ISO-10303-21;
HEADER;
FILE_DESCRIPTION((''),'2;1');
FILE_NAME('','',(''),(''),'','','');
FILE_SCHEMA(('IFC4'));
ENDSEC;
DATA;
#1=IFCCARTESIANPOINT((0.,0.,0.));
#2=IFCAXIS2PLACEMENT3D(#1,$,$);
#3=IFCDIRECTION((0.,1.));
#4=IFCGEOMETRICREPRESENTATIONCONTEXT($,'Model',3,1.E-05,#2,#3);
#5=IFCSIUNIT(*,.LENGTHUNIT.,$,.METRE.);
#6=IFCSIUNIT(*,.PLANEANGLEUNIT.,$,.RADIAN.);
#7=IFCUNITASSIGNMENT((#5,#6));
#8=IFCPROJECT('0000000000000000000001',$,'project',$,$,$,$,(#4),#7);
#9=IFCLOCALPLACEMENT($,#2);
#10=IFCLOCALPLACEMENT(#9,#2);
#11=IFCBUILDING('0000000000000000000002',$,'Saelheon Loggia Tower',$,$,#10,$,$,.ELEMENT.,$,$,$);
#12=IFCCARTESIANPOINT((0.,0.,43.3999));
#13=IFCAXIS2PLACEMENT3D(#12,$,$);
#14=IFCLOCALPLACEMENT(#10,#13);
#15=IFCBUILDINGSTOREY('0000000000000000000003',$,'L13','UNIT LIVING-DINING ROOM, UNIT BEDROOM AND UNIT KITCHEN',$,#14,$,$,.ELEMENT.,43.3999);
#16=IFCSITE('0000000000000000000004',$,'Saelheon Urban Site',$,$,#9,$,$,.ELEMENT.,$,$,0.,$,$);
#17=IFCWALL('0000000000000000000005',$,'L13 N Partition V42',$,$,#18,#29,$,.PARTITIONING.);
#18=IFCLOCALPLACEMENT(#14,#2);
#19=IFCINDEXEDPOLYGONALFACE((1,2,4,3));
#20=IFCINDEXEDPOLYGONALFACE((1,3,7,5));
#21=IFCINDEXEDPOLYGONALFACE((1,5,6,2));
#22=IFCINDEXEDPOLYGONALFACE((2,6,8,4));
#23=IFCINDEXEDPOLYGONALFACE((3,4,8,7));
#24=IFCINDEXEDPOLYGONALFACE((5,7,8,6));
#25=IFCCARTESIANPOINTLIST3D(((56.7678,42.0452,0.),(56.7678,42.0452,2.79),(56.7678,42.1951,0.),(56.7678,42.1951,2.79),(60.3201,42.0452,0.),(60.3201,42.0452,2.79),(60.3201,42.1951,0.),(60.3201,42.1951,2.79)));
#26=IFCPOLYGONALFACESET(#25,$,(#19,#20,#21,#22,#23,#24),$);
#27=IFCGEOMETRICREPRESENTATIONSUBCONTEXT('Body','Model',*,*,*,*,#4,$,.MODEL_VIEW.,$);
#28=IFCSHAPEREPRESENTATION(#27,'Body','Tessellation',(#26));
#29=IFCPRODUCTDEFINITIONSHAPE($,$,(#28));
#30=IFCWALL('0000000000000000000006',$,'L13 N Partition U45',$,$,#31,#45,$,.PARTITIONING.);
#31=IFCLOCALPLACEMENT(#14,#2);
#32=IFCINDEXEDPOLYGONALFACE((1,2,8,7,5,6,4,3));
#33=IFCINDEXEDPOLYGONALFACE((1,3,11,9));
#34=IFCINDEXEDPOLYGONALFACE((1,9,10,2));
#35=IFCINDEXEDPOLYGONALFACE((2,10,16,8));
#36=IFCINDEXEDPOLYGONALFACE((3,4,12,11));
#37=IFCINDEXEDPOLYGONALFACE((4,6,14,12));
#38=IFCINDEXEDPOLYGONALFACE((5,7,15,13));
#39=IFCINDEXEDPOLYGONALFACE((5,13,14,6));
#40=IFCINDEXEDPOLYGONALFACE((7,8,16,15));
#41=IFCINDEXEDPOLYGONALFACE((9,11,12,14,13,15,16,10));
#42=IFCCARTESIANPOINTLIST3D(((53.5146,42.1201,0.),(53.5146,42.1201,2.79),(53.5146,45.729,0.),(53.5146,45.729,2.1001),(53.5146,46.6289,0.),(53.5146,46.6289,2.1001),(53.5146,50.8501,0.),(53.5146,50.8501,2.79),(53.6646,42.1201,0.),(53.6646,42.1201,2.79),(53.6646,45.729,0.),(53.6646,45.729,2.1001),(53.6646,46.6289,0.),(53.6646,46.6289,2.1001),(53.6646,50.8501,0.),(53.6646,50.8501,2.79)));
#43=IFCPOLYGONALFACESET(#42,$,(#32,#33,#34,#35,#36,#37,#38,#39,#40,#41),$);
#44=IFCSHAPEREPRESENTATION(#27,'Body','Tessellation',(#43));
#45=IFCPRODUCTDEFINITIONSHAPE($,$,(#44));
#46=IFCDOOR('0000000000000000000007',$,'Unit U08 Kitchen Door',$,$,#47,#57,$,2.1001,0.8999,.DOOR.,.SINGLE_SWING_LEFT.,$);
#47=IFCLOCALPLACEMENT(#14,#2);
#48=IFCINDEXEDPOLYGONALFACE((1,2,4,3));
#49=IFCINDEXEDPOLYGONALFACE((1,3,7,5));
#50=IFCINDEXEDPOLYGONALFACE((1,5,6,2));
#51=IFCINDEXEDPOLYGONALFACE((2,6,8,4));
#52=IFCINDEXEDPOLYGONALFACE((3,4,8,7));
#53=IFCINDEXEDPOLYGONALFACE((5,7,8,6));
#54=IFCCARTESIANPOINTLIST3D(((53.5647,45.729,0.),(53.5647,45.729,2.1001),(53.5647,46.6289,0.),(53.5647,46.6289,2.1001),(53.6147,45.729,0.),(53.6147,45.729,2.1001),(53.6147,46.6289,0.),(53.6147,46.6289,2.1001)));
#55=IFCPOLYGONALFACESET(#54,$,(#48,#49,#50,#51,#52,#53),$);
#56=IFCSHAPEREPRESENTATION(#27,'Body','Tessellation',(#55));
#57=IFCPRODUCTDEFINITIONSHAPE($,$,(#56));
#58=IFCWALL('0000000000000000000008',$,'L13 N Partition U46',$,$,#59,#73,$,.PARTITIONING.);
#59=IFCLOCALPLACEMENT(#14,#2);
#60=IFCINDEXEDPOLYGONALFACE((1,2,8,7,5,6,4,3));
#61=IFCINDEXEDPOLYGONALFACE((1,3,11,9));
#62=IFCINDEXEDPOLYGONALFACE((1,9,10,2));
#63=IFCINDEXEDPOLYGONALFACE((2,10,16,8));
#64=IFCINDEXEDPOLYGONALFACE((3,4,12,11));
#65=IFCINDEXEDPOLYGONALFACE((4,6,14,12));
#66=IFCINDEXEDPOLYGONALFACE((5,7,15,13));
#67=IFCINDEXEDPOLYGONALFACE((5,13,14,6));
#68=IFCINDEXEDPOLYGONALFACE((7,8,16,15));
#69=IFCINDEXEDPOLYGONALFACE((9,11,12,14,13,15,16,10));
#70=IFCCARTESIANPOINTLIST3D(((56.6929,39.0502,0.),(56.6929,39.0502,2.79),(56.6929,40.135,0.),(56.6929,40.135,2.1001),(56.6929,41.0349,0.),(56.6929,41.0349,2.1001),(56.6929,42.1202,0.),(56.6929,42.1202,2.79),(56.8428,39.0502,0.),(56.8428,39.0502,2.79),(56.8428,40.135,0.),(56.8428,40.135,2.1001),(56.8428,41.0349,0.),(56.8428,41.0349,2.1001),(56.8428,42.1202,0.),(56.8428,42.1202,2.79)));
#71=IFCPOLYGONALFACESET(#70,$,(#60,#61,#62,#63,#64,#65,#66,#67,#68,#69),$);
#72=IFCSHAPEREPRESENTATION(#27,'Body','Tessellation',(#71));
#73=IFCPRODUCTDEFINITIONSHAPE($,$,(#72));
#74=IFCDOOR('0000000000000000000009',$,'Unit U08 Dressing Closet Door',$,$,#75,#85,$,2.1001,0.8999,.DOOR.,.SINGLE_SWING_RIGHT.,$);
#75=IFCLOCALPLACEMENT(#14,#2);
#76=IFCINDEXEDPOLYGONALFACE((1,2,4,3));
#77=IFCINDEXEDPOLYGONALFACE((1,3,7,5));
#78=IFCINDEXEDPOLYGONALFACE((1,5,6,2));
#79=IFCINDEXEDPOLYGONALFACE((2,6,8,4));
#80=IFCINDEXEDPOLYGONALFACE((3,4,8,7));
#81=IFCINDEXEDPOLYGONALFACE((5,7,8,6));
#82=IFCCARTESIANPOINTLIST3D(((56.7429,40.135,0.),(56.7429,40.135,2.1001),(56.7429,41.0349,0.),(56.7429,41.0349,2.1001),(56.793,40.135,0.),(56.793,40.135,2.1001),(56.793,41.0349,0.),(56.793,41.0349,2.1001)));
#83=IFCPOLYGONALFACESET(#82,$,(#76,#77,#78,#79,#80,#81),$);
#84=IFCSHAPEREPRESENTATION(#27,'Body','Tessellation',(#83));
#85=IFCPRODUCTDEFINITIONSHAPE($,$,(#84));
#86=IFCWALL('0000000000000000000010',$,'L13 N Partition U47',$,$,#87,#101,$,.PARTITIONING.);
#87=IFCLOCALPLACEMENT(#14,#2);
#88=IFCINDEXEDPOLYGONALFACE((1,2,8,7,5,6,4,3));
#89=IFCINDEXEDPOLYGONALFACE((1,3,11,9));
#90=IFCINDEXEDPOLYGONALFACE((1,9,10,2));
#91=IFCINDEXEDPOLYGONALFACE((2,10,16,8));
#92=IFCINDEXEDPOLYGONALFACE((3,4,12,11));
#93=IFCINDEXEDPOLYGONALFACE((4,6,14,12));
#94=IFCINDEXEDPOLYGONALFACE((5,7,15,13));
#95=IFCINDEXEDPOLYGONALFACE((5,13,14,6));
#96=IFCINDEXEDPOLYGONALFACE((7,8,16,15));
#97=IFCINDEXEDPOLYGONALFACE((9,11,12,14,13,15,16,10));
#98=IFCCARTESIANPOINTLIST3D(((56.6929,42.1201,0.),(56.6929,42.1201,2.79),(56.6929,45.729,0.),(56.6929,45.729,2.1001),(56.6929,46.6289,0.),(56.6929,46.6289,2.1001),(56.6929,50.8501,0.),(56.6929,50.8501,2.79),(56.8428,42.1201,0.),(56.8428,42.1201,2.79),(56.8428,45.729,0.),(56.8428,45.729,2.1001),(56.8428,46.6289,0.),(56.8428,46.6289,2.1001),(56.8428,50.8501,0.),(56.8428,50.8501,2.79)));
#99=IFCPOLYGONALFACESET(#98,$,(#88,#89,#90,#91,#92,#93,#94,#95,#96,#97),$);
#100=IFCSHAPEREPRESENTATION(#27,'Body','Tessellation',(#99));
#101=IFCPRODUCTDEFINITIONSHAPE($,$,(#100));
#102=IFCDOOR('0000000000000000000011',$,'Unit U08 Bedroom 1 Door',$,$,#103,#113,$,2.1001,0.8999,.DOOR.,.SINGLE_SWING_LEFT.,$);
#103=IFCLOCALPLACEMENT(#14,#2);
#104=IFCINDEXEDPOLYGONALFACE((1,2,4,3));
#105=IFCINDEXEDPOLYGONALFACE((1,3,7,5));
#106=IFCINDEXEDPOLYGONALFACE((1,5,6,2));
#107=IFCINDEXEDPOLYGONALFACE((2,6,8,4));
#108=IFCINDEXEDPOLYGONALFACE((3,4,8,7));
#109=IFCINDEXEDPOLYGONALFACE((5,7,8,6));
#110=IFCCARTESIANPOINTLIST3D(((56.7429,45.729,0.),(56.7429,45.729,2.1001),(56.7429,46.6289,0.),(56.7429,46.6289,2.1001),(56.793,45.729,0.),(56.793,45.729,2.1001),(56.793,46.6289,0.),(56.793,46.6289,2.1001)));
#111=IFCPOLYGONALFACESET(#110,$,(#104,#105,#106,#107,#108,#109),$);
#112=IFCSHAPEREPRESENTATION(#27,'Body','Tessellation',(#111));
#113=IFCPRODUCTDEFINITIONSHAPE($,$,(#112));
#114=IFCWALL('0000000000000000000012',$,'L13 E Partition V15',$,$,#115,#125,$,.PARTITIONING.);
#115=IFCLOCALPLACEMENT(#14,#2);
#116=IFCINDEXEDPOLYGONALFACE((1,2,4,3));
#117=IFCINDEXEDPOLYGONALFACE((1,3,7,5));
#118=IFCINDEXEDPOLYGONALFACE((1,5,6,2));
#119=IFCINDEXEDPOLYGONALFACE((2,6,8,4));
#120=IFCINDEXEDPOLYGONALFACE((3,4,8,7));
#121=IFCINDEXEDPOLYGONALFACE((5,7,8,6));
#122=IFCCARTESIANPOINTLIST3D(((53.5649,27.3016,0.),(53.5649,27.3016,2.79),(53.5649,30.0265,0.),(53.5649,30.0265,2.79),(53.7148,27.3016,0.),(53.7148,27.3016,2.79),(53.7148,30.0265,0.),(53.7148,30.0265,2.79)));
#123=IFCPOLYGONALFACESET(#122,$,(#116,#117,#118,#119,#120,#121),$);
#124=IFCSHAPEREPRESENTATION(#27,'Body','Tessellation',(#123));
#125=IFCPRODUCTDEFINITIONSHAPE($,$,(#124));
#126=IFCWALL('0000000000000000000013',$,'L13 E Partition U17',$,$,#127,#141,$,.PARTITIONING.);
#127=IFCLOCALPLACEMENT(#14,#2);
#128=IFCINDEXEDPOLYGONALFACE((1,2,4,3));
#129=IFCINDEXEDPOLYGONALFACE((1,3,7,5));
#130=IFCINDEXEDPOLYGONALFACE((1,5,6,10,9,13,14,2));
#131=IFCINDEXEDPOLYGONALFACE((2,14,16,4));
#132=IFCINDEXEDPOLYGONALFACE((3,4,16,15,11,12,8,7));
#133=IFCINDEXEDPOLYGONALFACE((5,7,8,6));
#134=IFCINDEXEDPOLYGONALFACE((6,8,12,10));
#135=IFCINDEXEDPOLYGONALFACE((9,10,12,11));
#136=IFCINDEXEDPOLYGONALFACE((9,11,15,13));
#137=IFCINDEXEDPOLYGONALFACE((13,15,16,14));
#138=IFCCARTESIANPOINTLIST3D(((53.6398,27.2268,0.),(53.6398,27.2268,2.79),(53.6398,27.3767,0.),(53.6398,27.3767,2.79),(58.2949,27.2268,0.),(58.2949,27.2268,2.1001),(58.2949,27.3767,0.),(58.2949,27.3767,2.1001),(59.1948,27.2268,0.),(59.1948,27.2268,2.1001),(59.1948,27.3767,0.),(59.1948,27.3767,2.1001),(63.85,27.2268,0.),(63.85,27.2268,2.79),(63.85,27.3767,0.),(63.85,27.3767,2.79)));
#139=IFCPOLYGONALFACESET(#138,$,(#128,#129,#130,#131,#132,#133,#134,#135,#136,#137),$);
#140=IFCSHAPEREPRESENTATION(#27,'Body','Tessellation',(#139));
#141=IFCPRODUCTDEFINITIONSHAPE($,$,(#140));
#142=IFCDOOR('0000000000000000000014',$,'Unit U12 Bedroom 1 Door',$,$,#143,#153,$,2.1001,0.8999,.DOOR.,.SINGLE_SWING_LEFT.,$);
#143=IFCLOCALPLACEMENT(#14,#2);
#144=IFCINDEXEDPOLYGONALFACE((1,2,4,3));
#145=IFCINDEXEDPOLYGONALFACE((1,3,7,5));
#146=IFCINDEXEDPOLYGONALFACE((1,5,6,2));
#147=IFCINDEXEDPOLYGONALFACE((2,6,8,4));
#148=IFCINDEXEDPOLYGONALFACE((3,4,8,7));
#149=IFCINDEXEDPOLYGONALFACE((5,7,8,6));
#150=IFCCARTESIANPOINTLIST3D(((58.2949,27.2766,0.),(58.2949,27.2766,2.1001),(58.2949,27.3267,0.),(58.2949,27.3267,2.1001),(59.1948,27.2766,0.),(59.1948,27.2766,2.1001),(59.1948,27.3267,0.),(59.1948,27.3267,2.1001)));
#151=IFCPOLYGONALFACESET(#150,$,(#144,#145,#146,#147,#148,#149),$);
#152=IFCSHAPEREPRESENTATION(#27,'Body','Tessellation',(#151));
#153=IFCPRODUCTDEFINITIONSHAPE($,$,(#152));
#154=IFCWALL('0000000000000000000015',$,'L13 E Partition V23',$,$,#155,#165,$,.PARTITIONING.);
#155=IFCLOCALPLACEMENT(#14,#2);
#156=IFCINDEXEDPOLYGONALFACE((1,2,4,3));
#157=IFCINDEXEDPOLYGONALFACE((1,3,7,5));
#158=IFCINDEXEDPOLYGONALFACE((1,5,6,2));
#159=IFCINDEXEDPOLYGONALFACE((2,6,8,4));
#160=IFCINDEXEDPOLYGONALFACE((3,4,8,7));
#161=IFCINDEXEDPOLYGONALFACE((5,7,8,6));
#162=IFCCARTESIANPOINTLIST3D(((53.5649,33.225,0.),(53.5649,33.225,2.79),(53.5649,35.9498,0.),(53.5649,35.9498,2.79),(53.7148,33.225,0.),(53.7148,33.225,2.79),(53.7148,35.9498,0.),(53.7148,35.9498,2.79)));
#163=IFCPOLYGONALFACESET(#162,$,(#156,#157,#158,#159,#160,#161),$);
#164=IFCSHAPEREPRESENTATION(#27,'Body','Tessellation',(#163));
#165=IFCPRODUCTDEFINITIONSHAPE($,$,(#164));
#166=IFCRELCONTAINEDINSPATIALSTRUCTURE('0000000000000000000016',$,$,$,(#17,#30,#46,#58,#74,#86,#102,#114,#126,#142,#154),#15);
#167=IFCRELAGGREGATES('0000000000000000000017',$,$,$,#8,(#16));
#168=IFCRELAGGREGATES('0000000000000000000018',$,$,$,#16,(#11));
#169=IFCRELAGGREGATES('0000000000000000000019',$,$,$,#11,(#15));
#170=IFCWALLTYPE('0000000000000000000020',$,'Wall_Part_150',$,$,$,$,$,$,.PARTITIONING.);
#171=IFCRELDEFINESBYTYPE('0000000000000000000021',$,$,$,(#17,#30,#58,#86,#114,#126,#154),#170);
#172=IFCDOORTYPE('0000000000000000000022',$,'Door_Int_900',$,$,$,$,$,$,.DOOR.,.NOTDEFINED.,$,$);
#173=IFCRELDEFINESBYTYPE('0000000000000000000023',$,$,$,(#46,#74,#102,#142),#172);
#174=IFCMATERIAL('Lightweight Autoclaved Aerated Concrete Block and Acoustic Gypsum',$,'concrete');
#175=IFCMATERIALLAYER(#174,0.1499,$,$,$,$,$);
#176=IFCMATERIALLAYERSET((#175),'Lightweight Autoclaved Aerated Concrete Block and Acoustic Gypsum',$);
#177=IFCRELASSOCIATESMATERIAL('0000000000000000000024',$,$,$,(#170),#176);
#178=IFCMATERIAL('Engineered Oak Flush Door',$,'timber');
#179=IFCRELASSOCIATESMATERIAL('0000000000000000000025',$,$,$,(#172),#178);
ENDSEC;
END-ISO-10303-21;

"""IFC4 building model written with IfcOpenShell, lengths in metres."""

from ifc_helpers import new_model, si_unit, direction, frame, frame_2d, origin, place, context, subcontext, project, spatial, rectangle, extrude, source, transform, mapped, material, layer, layer_set, type_object, element, fill, save


model = new_model("IFC4")

# Units and contexts
model_context = context("Model", 3, precision=1e-05, world=origin(), true_north=direction((0.0, 1.0)))
body_context = subcontext(model_context, "Body", "Model", "MODEL_VIEW")
ifc_project = project(units=[si_unit("LENGTHUNIT", "METRE"), si_unit("PLANEANGLEUNIT", "RADIAN")], contexts=[model_context])

# Site, building, storey
site_placement = place(None, origin())
site = spatial("IfcSite", under=ifc_project, at=site_placement, Name="Saelheon Urban Site", CompositionType="ELEMENT", RefElevation=0.0)
building_placement = place(site_placement, origin())
building = spatial("IfcBuilding", under=site, at=building_placement, Name="Saelheon Loggia Tower", CompositionType="ELEMENT")
storey_placement = place(building_placement, frame((0.0, 0.0, 43.3999)))
storey = spatial("IfcBuildingStorey", under=building, at=storey_placement, Name="L13", Description="UNIT LIVING-DINING ROOM, UNIT BEDROOM AND UNIT KITCHEN", CompositionType="ELEMENT", Elevation=43.3999)

# Wall
ifc_material_1 = material(Name="Lightweight Autoclaved Aerated Concrete Block and Acoustic Gypsum", Category="concrete")
ifc_layer_1 = layer(ifc_material_1, 0.1499)
ifc_layer_set_1 = layer_set([ifc_layer_1], Name="Lightweight Autoclaved Aerated Concrete Block and Acoustic Gypsum")
wall_type_1 = type_object("IfcWallType", Name="Wall_Part_150", PredefinedType="PARTITIONING", material=ifc_layer_set_1)
wall_1_placement = place(storey_placement, frame((56.7678, 42.1201, 0.0), z_axis=(0.0, 0.0, 1.0), x_axis=(1.0, 0.0, 0.0)))
element("IfcWall", 1, at=wall_1_placement, inside=storey, type_object=wall_type_1, Name="L13 N Partition V42", PredefinedType="PARTITIONING", context=body_context, shape_type="SweptSolid", body=[
    extrude(rectangle(XDim=3.5522, YDim=0.1499, at=frame_2d((1.7761, 0.0))), origin(), (0.0, 0.0, 1.0), 2.79),
])

# Walls, openings, doors
wall_2_placement = place(storey_placement, frame((53.5896, 42.1201, 0.0), z_axis=(0.0, 0.0, 1.0), x_axis=(0.0, 1.0, 0.0)))
wall_2 = element("IfcWall", 2, at=wall_2_placement, inside=storey, type_object=wall_type_1, Name="L13 N Partition U45", PredefinedType="PARTITIONING", context=body_context, shape_type="SweptSolid", body=[
    extrude(rectangle(XDim=8.73, YDim=0.1499, at=frame_2d((4.365, 0.0))), origin(), (0.0, 0.0, 1.0), 2.79),
])
opening_1_placement = place(wall_2_placement, frame((3.6089, 0.0, 0.0)))
opening_1 = element("IfcOpeningElement", 3, at=opening_1_placement, cuts=wall_2, PredefinedType="OPENING", context=body_context, shape_type="SweptSolid", body=[
    extrude(rectangle(XDim=0.8999, YDim=2.1001, at=frame_2d((0.45, 1.05))), frame((0.0, 0.0869, 0.0), z_axis=(0.0, -1.0, 0.0), x_axis=(1.0, 0.0, 0.0)), (0.0, 0.0, 1.0), 0.1738),
])
ifc_material_2 = material(Name="Engineered Oak Flush Door", Category="timber")
door_type_1 = type_object("IfcDoorType", Name="Door_Int_900", OperationType="NOTDEFINED", PredefinedType="DOOR", material=ifc_material_2)
shared_shape_1 = source(origin(), body_context, "Body", "SweptSolid", [
    extrude(rectangle(XDim=0.8999, YDim=2.1001, at=frame_2d((0.45, 1.05))), frame((0.0, 0.0249, 0.0), z_axis=(0.0, -1.0, 0.0), x_axis=(1.0, 0.0, 0.0)), (0.0, 0.0, 1.0), 0.05),
])
door_1_placement = place(opening_1_placement, origin())
door_1 = element("IfcDoor", 4, at=door_1_placement, inside=storey, type_object=door_type_1, Name="Unit U08 Kitchen Door", OperationType="SINGLE_SWING_LEFT", OverallHeight=2.1001, OverallWidth=0.8999, PredefinedType="DOOR", context=body_context, shape_type="MappedRepresentation", body=[
    mapped(shared_shape_1, transform((0.0, 0.0, 0.0), scale=1.0)),
])
fill(opening_1, door_1)
wall_3_placement = place(storey_placement, frame((56.7678, 39.05, 0.0), z_axis=(0.0, 0.0, 1.0), x_axis=(0.0, 1.0, 0.0)))
wall_3 = element("IfcWall", 5, at=wall_3_placement, inside=storey, type_object=wall_type_1, Name="L13 N Partition U46", PredefinedType="PARTITIONING", context=body_context, shape_type="SweptSolid", body=[
    extrude(rectangle(XDim=3.0701, YDim=0.1499, at=frame_2d((1.5352, 0.0))), origin(), (0.0, 0.0, 1.0), 2.79),
])
opening_2_placement = place(wall_3_placement, frame((1.085, 0.0, 0.0)))
opening_2 = element("IfcOpeningElement", 6, at=opening_2_placement, cuts=wall_3, PredefinedType="OPENING", context=body_context, shape_type="SweptSolid", body=[
    extrude(rectangle(XDim=0.8999, YDim=2.1001, at=frame_2d((0.45, 1.05))), frame((0.0, 0.0869, 0.0), z_axis=(0.0, -1.0, 0.0), x_axis=(1.0, 0.0, 0.0)), (0.0, 0.0, 1.0), 0.1738),
])
door_2_placement = place(opening_2_placement, origin())
door_2 = element("IfcDoor", 7, at=door_2_placement, inside=storey, type_object=door_type_1, Name="Unit U08 Dressing Closet Door", OperationType="SINGLE_SWING_RIGHT", OverallHeight=2.1001, OverallWidth=0.8999, PredefinedType="DOOR", context=body_context, shape_type="MappedRepresentation", body=[
    mapped(shared_shape_1, transform((0.0, 0.0, 0.0), scale=1.0)),
])
fill(opening_2, door_2)
wall_4_placement = place(storey_placement, frame((56.7678, 42.1201, 0.0), z_axis=(0.0, 0.0, 1.0), x_axis=(0.0, 1.0, 0.0)))
wall_4 = element("IfcWall", 8, at=wall_4_placement, inside=storey, type_object=wall_type_1, Name="L13 N Partition U47", PredefinedType="PARTITIONING", context=body_context, shape_type="SweptSolid", body=[
    extrude(rectangle(XDim=8.73, YDim=0.1499, at=frame_2d((4.365, 0.0))), origin(), (0.0, 0.0, 1.0), 2.79),
])
opening_3_placement = place(wall_4_placement, frame((3.6089, 0.0, 0.0)))
opening_3 = element("IfcOpeningElement", 9, at=opening_3_placement, cuts=wall_4, PredefinedType="OPENING", context=body_context, shape_type="SweptSolid", body=[
    extrude(rectangle(XDim=0.8999, YDim=2.1001, at=frame_2d((0.45, 1.05))), frame((0.0, 0.0869, 0.0), z_axis=(0.0, -1.0, 0.0), x_axis=(1.0, 0.0, 0.0)), (0.0, 0.0, 1.0), 0.1738),
])
door_3_placement = place(opening_3_placement, origin())
door_3 = element("IfcDoor", 10, at=door_3_placement, inside=storey, type_object=door_type_1, Name="Unit U08 Bedroom 1 Door", OperationType="SINGLE_SWING_LEFT", OverallHeight=2.1001, OverallWidth=0.8999, PredefinedType="DOOR", context=body_context, shape_type="MappedRepresentation", body=[
    mapped(shared_shape_1, transform((0.0, 0.0, 0.0), scale=1.0)),
])
fill(opening_3, door_3)

# Wall
wall_5_placement = place(storey_placement, frame((53.6399, 27.3018, 0.0), z_axis=(0.0, 0.0, 1.0), x_axis=(0.0, 1.0, 0.0)))
element("IfcWall", 11, at=wall_5_placement, inside=storey, type_object=wall_type_1, Name="L13 E Partition V15", PredefinedType="PARTITIONING", context=body_context, shape_type="SweptSolid", body=[
    extrude(rectangle(XDim=2.7249, YDim=0.1499, at=frame_2d((1.3623, 0.0))), origin(), (0.0, 0.0, 1.0), 2.79),
])

# Wall, opening, door
wall_6_placement = place(storey_placement, frame((53.6399, 27.3018, 0.0), z_axis=(0.0, 0.0, 1.0), x_axis=(1.0, 0.0, 0.0)))
wall_6 = element("IfcWall", 12, at=wall_6_placement, inside=storey, type_object=wall_type_1, Name="L13 E Partition U17", PredefinedType="PARTITIONING", context=body_context, shape_type="SweptSolid", body=[
    extrude(rectangle(XDim=10.2102, YDim=0.1499, at=frame_2d((5.105, 0.0))), origin(), (0.0, 0.0, 1.0), 2.79),
])
opening_4_placement = place(wall_6_placement, frame((4.655, 0.0, 0.0)))
opening_4 = element("IfcOpeningElement", 13, at=opening_4_placement, cuts=wall_6, PredefinedType="OPENING", context=body_context, shape_type="SweptSolid", body=[
    extrude(rectangle(XDim=0.8999, YDim=2.1001, at=frame_2d((0.45, 1.05))), frame((0.0, 0.0869, 0.0), z_axis=(0.0, -1.0, 0.0), x_axis=(1.0, 0.0, 0.0)), (0.0, 0.0, 1.0), 0.1738),
])
door_4_placement = place(opening_4_placement, origin())
door_4 = element("IfcDoor", 14, at=door_4_placement, inside=storey, type_object=door_type_1, Name="Unit U12 Bedroom 1 Door", OperationType="SINGLE_SWING_LEFT", OverallHeight=2.1001, OverallWidth=0.8999, PredefinedType="DOOR", context=body_context, shape_type="MappedRepresentation", body=[
    mapped(shared_shape_1, transform((0.0, 0.0, 0.0), scale=1.0)),
])
fill(opening_4, door_4)

# Wall
wall_7_placement = place(storey_placement, frame((53.6399, 33.2251, 0.0), z_axis=(0.0, 0.0, 1.0), x_axis=(0.0, 1.0, 0.0)))
element("IfcWall", 15, at=wall_7_placement, inside=storey, type_object=wall_type_1, Name="L13 E Partition V23", PredefinedType="PARTITIONING", context=body_context, shape_type="SweptSolid", body=[
    extrude(rectangle(XDim=2.7249, YDim=0.1499, at=frame_2d((1.3623, 0.0))), origin(), (0.0, 0.0, 1.0), 2.79),
])

save(model, "model.ifc")
